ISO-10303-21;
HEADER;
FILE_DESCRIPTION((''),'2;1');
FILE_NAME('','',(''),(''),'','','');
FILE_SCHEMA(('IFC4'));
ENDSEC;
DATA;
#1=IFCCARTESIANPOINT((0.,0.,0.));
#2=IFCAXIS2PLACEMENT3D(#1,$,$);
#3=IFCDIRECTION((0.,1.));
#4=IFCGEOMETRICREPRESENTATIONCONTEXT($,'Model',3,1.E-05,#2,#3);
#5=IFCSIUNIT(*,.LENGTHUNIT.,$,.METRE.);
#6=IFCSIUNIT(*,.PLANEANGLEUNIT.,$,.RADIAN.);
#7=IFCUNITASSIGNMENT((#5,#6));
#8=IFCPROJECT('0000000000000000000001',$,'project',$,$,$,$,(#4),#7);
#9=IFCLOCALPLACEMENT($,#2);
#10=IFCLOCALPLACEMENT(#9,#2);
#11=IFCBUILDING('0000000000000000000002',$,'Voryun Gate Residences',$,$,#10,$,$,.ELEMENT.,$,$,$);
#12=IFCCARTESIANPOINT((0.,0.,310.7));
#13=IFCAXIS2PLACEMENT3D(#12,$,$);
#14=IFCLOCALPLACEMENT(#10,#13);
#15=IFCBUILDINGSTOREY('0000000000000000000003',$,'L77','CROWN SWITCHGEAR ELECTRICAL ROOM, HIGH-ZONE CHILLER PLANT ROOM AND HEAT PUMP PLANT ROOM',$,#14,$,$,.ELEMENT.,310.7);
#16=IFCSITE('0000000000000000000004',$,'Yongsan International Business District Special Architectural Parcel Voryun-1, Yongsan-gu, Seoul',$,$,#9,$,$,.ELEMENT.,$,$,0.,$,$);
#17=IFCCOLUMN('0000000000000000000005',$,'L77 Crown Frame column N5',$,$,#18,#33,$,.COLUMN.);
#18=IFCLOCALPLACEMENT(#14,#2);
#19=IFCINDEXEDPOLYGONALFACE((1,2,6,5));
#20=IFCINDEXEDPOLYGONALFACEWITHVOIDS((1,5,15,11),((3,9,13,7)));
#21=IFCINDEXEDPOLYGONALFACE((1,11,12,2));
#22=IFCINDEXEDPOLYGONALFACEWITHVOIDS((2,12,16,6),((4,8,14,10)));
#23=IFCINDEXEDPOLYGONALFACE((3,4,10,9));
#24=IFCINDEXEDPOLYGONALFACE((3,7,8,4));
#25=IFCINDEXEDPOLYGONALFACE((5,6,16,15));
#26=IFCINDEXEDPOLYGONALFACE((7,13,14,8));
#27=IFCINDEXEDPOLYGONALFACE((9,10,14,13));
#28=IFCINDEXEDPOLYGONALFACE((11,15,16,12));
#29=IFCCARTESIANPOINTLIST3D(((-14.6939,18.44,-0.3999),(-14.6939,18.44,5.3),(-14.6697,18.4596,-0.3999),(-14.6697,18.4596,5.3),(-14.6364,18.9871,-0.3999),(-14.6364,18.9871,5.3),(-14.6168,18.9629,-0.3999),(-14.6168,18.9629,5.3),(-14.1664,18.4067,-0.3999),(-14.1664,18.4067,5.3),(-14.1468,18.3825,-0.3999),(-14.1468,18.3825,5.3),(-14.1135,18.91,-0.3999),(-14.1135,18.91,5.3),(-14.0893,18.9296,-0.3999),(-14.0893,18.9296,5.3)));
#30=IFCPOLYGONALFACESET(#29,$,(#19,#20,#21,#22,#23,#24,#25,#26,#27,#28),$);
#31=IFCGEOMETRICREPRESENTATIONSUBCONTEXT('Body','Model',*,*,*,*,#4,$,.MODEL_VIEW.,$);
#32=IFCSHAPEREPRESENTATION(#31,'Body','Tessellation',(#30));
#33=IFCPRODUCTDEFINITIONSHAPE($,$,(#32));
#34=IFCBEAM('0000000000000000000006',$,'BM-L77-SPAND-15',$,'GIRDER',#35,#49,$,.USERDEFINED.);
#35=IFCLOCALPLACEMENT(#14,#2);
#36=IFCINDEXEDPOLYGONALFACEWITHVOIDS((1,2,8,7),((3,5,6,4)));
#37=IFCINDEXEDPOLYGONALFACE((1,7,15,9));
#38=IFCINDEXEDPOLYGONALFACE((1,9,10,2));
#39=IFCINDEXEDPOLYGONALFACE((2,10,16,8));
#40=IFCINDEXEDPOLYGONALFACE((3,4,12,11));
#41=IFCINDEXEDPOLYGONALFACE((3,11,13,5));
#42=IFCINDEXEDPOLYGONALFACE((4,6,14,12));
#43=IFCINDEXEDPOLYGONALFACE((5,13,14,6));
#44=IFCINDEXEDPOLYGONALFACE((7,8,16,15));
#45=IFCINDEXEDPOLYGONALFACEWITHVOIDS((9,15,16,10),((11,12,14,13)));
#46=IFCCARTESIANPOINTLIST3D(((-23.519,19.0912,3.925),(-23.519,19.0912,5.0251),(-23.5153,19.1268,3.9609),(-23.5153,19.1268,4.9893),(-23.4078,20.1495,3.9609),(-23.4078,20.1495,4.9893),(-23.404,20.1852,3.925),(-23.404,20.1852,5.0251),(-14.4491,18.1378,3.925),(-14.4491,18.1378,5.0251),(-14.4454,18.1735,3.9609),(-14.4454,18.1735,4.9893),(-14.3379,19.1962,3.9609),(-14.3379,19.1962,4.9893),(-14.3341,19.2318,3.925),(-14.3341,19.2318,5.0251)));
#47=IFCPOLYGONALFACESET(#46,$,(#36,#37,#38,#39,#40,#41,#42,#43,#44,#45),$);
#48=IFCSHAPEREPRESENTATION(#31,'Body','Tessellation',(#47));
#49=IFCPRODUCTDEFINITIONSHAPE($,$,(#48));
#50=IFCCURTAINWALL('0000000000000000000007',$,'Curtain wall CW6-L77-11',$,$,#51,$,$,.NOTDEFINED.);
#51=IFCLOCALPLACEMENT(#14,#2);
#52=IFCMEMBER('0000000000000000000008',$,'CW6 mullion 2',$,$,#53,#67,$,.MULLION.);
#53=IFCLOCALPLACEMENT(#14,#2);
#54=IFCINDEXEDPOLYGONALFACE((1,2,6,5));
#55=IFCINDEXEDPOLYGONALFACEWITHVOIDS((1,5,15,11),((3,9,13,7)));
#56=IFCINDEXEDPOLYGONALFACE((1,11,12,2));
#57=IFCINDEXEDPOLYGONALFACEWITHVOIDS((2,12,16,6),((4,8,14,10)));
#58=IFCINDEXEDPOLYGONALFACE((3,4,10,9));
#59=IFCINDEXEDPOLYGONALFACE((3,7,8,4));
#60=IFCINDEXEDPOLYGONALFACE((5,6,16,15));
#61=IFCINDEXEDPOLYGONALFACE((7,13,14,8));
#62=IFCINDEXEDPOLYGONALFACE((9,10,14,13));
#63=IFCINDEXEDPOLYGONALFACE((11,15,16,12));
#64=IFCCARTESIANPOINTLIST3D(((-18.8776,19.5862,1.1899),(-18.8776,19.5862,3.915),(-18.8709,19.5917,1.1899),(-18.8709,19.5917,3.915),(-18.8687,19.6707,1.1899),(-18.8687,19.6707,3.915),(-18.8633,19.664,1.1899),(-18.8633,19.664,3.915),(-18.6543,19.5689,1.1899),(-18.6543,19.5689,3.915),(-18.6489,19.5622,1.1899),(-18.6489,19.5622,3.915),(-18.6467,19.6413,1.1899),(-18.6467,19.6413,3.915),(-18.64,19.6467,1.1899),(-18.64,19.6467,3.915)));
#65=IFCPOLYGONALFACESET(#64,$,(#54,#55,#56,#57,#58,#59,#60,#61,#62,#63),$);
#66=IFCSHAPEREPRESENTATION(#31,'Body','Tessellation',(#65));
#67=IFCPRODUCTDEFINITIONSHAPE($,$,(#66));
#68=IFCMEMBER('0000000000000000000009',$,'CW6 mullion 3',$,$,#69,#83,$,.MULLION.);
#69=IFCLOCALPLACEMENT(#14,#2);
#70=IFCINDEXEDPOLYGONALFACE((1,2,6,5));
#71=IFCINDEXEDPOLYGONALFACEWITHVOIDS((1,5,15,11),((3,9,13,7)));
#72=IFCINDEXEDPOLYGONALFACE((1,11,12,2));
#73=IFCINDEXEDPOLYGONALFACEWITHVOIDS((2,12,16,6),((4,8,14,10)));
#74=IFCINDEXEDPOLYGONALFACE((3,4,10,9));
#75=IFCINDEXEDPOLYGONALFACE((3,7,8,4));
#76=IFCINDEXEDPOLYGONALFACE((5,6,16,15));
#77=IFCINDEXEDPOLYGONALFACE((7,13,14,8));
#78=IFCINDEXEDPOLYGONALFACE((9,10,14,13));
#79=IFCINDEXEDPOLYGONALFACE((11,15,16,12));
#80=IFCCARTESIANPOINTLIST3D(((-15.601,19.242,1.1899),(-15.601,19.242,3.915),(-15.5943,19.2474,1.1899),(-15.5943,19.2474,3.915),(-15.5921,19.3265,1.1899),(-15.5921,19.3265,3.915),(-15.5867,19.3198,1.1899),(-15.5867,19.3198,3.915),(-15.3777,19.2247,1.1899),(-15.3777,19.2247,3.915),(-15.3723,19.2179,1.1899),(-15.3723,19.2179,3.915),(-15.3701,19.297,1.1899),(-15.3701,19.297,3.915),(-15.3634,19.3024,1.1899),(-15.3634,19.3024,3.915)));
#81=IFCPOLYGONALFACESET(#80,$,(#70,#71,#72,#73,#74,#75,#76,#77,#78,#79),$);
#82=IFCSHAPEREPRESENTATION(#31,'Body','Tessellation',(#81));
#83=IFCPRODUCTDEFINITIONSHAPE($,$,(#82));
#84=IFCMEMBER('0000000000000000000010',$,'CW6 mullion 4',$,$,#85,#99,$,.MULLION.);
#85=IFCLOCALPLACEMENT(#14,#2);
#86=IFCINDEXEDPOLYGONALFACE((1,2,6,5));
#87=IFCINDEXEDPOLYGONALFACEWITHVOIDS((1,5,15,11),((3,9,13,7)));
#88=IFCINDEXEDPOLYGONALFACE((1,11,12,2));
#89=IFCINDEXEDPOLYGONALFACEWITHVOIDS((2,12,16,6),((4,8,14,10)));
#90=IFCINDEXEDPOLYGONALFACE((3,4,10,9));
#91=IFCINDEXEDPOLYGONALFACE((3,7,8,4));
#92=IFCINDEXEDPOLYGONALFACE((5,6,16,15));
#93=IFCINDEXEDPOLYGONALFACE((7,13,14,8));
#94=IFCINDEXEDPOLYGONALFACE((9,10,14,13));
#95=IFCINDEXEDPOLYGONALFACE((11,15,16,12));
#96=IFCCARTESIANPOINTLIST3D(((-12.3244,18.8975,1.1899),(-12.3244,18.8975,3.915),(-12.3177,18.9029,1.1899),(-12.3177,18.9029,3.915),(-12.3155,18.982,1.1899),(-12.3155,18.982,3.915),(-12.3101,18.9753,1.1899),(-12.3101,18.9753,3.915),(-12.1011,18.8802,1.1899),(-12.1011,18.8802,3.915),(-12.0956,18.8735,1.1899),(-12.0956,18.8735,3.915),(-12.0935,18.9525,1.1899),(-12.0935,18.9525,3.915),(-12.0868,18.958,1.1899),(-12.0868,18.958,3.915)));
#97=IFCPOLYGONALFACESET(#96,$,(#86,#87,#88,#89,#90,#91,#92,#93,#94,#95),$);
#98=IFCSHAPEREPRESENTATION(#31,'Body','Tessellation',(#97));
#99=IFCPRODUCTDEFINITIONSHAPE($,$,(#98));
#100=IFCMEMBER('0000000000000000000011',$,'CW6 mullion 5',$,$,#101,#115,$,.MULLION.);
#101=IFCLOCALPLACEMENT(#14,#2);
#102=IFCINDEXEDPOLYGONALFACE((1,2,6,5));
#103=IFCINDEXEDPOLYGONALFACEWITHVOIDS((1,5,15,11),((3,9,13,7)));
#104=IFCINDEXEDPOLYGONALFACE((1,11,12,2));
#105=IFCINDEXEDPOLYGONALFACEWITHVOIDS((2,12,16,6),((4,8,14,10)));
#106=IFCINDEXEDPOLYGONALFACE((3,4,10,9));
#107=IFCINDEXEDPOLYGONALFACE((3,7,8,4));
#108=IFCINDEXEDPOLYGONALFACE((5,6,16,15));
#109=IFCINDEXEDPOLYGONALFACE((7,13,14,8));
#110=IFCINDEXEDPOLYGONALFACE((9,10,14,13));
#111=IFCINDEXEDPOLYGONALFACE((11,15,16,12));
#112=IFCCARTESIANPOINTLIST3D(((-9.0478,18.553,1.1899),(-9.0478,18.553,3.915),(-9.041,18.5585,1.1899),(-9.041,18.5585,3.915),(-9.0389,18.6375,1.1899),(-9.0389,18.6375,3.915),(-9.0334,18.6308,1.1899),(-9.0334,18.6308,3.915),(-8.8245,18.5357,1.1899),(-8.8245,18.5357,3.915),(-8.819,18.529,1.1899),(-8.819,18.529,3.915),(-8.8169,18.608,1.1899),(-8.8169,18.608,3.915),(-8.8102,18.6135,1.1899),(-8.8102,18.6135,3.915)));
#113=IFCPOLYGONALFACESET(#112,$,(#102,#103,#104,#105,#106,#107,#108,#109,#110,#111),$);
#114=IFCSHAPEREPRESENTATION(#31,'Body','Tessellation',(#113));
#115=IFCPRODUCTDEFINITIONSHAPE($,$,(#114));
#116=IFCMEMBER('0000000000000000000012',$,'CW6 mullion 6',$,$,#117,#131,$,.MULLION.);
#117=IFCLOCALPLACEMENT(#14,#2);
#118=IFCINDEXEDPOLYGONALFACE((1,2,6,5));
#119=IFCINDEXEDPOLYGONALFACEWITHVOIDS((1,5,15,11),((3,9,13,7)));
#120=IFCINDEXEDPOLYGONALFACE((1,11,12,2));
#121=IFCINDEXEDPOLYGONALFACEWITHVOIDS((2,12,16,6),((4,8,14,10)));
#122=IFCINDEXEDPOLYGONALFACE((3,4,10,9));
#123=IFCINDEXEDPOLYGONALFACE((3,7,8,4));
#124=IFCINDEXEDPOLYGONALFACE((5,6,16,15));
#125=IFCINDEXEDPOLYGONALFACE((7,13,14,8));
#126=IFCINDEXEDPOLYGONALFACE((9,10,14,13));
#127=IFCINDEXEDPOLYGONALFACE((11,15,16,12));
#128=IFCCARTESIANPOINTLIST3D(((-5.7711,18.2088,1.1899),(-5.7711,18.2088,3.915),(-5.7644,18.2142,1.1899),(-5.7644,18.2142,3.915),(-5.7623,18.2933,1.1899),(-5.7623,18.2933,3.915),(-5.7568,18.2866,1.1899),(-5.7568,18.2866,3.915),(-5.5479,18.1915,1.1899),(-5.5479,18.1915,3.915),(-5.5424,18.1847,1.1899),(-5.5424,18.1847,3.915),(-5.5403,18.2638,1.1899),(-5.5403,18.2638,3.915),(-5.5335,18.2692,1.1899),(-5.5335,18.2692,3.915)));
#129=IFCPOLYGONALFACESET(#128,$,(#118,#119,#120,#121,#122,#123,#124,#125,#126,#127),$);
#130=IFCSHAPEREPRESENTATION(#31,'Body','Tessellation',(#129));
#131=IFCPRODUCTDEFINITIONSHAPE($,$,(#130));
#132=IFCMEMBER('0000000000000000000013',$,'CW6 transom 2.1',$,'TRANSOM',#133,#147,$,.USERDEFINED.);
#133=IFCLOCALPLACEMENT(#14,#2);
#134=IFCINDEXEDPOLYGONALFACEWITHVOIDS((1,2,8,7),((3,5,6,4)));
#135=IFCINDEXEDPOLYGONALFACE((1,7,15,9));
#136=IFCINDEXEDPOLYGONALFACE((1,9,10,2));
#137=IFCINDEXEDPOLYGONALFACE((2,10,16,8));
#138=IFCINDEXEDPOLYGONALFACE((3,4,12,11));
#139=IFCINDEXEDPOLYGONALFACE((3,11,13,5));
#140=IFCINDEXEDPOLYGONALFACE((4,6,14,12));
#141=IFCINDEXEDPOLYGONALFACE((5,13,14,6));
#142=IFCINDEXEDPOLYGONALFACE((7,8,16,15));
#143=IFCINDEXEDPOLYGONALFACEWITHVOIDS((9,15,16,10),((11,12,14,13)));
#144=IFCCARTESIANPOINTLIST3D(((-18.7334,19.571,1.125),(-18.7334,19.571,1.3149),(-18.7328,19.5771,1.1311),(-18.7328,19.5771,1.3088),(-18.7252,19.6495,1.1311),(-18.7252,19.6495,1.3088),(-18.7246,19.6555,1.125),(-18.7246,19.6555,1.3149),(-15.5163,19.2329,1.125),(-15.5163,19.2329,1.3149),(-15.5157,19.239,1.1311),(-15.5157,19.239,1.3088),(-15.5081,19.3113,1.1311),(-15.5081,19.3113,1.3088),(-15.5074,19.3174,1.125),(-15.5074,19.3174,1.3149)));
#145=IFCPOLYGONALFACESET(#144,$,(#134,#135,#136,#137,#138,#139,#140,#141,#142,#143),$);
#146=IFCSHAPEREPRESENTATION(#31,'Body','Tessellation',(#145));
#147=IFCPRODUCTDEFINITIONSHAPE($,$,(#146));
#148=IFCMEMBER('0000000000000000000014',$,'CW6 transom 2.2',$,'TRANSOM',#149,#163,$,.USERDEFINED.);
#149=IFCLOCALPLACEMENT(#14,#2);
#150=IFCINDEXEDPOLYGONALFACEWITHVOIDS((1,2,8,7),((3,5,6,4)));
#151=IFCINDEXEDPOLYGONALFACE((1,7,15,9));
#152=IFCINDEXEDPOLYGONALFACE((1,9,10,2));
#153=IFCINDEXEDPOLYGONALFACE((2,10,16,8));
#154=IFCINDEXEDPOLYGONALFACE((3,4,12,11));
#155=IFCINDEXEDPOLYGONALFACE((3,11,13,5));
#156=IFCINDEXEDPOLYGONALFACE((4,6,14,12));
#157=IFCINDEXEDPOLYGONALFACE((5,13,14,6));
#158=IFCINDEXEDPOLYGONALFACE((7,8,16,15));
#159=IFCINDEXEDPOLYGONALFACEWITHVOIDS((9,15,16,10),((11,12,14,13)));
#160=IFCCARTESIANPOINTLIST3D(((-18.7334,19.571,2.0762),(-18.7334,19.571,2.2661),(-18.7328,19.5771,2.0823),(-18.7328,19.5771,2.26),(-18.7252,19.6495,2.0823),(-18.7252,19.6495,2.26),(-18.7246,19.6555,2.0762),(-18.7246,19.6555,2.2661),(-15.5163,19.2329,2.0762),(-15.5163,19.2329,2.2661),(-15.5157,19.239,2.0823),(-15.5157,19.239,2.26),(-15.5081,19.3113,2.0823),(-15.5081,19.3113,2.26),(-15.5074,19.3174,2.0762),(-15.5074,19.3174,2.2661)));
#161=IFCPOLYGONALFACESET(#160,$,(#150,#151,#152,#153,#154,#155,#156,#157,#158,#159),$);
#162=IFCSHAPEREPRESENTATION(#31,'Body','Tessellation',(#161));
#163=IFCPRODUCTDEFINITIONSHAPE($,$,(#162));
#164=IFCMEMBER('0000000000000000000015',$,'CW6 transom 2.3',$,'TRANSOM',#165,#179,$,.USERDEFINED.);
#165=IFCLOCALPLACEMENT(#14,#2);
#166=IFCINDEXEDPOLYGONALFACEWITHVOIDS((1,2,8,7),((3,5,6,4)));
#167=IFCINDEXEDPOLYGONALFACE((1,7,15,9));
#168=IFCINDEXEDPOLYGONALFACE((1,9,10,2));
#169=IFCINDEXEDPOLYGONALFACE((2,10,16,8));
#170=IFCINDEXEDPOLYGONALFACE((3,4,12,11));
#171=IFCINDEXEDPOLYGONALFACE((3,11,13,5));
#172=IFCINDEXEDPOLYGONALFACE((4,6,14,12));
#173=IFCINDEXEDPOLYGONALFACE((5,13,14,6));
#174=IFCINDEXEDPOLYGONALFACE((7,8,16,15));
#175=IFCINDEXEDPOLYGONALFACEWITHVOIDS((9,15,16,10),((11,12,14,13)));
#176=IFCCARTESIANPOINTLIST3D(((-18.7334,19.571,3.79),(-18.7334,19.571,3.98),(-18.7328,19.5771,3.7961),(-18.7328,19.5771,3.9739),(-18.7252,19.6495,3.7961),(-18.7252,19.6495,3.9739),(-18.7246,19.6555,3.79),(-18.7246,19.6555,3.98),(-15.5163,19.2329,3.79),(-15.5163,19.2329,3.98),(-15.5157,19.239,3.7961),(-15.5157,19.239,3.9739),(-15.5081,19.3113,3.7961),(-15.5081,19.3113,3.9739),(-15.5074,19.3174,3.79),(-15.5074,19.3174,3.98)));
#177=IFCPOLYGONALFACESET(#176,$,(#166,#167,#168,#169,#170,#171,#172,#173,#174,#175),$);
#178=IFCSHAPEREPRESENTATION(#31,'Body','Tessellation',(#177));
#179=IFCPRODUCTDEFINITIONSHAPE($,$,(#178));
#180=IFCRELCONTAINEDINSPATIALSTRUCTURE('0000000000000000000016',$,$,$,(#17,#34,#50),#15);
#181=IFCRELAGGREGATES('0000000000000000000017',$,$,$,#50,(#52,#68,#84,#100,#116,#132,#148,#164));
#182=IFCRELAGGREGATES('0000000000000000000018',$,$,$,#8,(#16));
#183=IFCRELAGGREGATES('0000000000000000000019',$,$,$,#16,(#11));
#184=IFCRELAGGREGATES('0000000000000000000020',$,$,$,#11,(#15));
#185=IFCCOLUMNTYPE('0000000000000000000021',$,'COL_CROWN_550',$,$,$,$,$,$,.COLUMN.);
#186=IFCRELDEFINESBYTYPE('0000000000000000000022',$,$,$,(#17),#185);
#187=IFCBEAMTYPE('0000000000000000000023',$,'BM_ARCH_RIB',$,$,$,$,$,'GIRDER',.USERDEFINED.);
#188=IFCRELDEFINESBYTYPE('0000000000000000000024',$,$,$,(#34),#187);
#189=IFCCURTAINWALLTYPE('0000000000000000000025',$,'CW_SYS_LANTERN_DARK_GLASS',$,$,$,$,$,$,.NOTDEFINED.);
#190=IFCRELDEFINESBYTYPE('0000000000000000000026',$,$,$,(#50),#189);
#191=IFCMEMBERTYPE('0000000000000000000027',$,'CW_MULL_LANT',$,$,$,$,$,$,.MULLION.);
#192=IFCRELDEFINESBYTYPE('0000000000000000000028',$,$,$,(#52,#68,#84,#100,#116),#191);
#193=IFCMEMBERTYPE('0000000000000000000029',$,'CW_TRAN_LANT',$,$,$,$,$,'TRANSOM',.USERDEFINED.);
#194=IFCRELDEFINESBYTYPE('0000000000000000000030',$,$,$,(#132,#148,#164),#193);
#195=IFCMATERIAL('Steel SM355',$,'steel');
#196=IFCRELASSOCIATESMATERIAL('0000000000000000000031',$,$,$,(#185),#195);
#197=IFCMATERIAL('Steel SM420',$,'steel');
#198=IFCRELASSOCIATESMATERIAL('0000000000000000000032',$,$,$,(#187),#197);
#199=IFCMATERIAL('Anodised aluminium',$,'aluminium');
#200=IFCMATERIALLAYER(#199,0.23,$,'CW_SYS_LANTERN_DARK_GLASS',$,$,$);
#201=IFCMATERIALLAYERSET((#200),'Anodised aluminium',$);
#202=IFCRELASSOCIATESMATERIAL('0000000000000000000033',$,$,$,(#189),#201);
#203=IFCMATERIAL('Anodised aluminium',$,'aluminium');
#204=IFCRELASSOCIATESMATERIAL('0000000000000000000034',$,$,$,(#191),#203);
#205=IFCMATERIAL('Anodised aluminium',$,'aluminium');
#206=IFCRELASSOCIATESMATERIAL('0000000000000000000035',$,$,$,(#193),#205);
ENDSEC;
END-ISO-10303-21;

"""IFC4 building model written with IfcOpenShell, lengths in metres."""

from ifc_helpers import new_model, si_unit, direction, frame, origin, origin_2d, place, context, subcontext, project, spatial, hollow_rectangle, extrude, material, layer, layer_set, material_profile, profile_set, type_object, element, aggregate, save


model = new_model("IFC4")

# Units and contexts
model_context = context("Model", 3, precision=1e-05, world=origin(), true_north=direction((0.0, 1.0)))
body_context = subcontext(model_context, "Body", "Model", "MODEL_VIEW")
ifc_project = project(units=[si_unit("LENGTHUNIT", "METRE"), si_unit("PLANEANGLEUNIT", "RADIAN")], contexts=[model_context])

# Site, building, storey
site_placement = place(None, origin())
site = spatial("IfcSite", under=ifc_project, at=site_placement, Name="Yongsan International Business District Special Architectural Parcel Voryun-1, Yongsan-gu, Seoul", CompositionType="ELEMENT", RefElevation=0.0)
building_placement = place(site_placement, origin())
building = spatial("IfcBuilding", under=site, at=building_placement, Name="Voryun Gate Residences", CompositionType="ELEMENT")
storey_placement = place(building_placement, frame((0.0, 0.0, 310.7)))
storey = spatial("IfcBuildingStorey", under=building, at=storey_placement, Name="L77", Description="CROWN SWITCHGEAR ELECTRICAL ROOM, HIGH-ZONE CHILLER PLANT ROOM AND HEAT PUMP PLANT ROOM", CompositionType="ELEMENT", Elevation=310.7)

# Column
ifc_material_1 = material(Name="Steel SM355", Category="steel")
ifc_material_profile_1 = material_profile(ifc_material_1, hollow_rectangle(XDim=0.55, YDim=0.55, WallThickness=0.022, at=origin_2d()), Name="BOX-550x550x22")
ifc_profile_set_1 = profile_set([ifc_material_profile_1], Name="Steel SM355")
column_type = type_object("IfcColumnType", Name="COL_CROWN_550", PredefinedType="COLUMN", material=ifc_profile_set_1)
column_placement = place(storey_placement, frame((-14.3916, 18.6848, -0.3999), z_axis=(0.0, 0.0, 1.0), x_axis=(0.994522, -0.104528, 0.0)))
element("IfcColumn", 1, at=column_placement, inside=storey, type_object=column_type, Name="L77 Crown Frame column N5", PredefinedType="COLUMN", context=body_context, shape_type="SweptSolid", body=[
    extrude(hollow_rectangle(XDim=0.55, YDim=0.55, WallThickness=0.022, at=origin_2d()), origin(), (0.0, 0.0, 1.0), 5.7),
])

# Beam
ifc_material_2 = material(Name="Steel SM420", Category="steel")
ifc_material_profile_2 = material_profile(ifc_material_2, hollow_rectangle(XDim=1.1001, YDim=1.1001, WallThickness=0.0359, at=origin_2d()), Name="BOX-1100x1100x36")
ifc_profile_set_2 = profile_set([ifc_material_profile_2], Name="Steel SM420")
beam_type = type_object("IfcBeamType", Name="BM_ARCH_RIB", ElementType="GIRDER", PredefinedType="USERDEFINED", material=ifc_profile_set_2)
beam_placement = place(storey_placement, frame((-14.3916, 18.6848, 4.4751), z_axis=(-0.994521, 0.104538, 0.0), x_axis=(-0.104538, -0.994521, 0.0)))
element("IfcBeam", 2, at=beam_placement, inside=storey, type_object=beam_type, Name="BM-L77-SPAND-15", ObjectType="GIRDER", PredefinedType="USERDEFINED", context=body_context, shape_type="SweptSolid", body=[
    extrude(hollow_rectangle(XDim=1.1001, YDim=1.1001, WallThickness=0.0359, at=origin_2d()), origin(), (0.0, 0.0, 1.0), 9.1199),
])

# Curtain wall, members
ifc_material_3 = material(Name="Anodised aluminium", Category="aluminium")
ifc_layer_1 = layer(ifc_material_3, 0.23, Name="CW_SYS_LANTERN_DARK_GLASS")
ifc_layer_set_1 = layer_set([ifc_layer_1], Name="Anodised aluminium")
curtain_wall_type = type_object("IfcCurtainWallType", Name="CW_SYS_LANTERN_DARK_GLASS", PredefinedType="NOTDEFINED", material=ifc_layer_set_1)
curtain_wall_placement = place(storey_placement, origin())
curtain_wall = element("IfcCurtainWall", 3, at=curtain_wall_placement, inside=storey, type_object=curtain_wall_type, Name="Curtain wall CW6-L77-11", PredefinedType="NOTDEFINED")
ifc_material_4 = material(Name="Anodised aluminium", Category="aluminium")
ifc_material_profile_3 = material_profile(ifc_material_4, hollow_rectangle(XDim=0.085, YDim=0.23, WallThickness=0.0061, at=origin_2d()), Name="ALU-MULL-230x85x6")
ifc_profile_set_3 = profile_set([ifc_material_profile_3], Name="Anodised aluminium")
member_type_1 = type_object("IfcMemberType", Name="CW_MULL_LANT", PredefinedType="MULLION", material=ifc_profile_set_3)
member_1_placement = place(storey_placement, frame((-18.7588, 19.6165, 1.1899), z_axis=(0.0, 0.0, 1.0), x_axis=(0.104528, 0.994522, 0.0)))
member_1 = element("IfcMember", 4, at=member_1_placement, type_object=member_type_1, Name="CW6 mullion 2", PredefinedType="MULLION", context=body_context, shape_type="SweptSolid", body=[
    extrude(hollow_rectangle(XDim=0.085, YDim=0.23, WallThickness=0.0061, at=origin_2d()), origin(), (0.0, 0.0, 1.0), 2.7251),
])
member_2_placement = place(storey_placement, frame((-15.4822, 19.2722, 1.1899), z_axis=(0.0, 0.0, 1.0), x_axis=(0.104528, 0.994522, 0.0)))
member_2 = element("IfcMember", 5, at=member_2_placement, type_object=member_type_1, Name="CW6 mullion 3", PredefinedType="MULLION", context=body_context, shape_type="SweptSolid", body=[
    extrude(hollow_rectangle(XDim=0.085, YDim=0.23, WallThickness=0.0061, at=origin_2d()), origin(), (0.0, 0.0, 1.0), 2.7251),
])
member_3_placement = place(storey_placement, frame((-12.2056, 18.9277, 1.1899), z_axis=(0.0, 0.0, 1.0), x_axis=(0.104528, 0.994522, 0.0)))
member_3 = element("IfcMember", 6, at=member_3_placement, type_object=member_type_1, Name="CW6 mullion 4", PredefinedType="MULLION", context=body_context, shape_type="SweptSolid", body=[
    extrude(hollow_rectangle(XDim=0.085, YDim=0.23, WallThickness=0.0061, at=origin_2d()), origin(), (0.0, 0.0, 1.0), 2.7251),
])
member_4_placement = place(storey_placement, frame((-8.929, 18.5833, 1.1899), z_axis=(0.0, 0.0, 1.0), x_axis=(0.104528, 0.994522, 0.0)))
member_4 = element("IfcMember", 7, at=member_4_placement, type_object=member_type_1, Name="CW6 mullion 5", PredefinedType="MULLION", context=body_context, shape_type="SweptSolid", body=[
    extrude(hollow_rectangle(XDim=0.085, YDim=0.23, WallThickness=0.0061, at=origin_2d()), origin(), (0.0, 0.0, 1.0), 2.7251),
])
member_5_placement = place(storey_placement, frame((-5.6523, 18.239, 1.1899), z_axis=(0.0, 0.0, 1.0), x_axis=(0.104528, 0.994522, 0.0)))
member_5 = element("IfcMember", 8, at=member_5_placement, type_object=member_type_1, Name="CW6 mullion 6", PredefinedType="MULLION", context=body_context, shape_type="SweptSolid", body=[
    extrude(hollow_rectangle(XDim=0.085, YDim=0.23, WallThickness=0.0061, at=origin_2d()), origin(), (0.0, 0.0, 1.0), 2.7251),
])
ifc_material_5 = material(Name="Anodised aluminium", Category="aluminium")
ifc_material_profile_4 = material_profile(ifc_material_5, hollow_rectangle(XDim=0.085, YDim=0.1899, WallThickness=0.0061, at=origin_2d()), Name="ALU-TRAN-190x85x6")
ifc_profile_set_4 = profile_set([ifc_material_profile_4], Name="Anodised aluminium")
member_type_2 = type_object("IfcMemberType", Name="CW_TRAN_LANT", ElementType="TRANSOM", PredefinedType="USERDEFINED", material=ifc_profile_set_4)
member_6_placement = place(storey_placement, frame((-18.729, 19.6133, 1.22), z_axis=(0.994522, -0.104532, 0.0), x_axis=(0.104532, 0.994522, 0.0)))
member_6 = element("IfcMember", 9, at=member_6_placement, type_object=member_type_2, Name="CW6 transom 2.1", ObjectType="TRANSOM", PredefinedType="USERDEFINED", context=body_context, shape_type="SweptSolid", body=[
    extrude(hollow_rectangle(XDim=0.085, YDim=0.1899, WallThickness=0.0061, at=origin_2d()), origin(), (0.0, 0.0, 1.0), 3.2349),
])
member_7_placement = place(storey_placement, frame((-18.729, 19.6133, 2.1711), z_axis=(0.994522, -0.104532, 0.0), x_axis=(0.104532, 0.994522, 0.0)))
member_7 = element("IfcMember", 10, at=member_7_placement, type_object=member_type_2, Name="CW6 transom 2.2", ObjectType="TRANSOM", PredefinedType="USERDEFINED", context=body_context, shape_type="SweptSolid", body=[
    extrude(hollow_rectangle(XDim=0.085, YDim=0.1899, WallThickness=0.0061, at=origin_2d()), origin(), (0.0, 0.0, 1.0), 3.2349),
])
member_8_placement = place(storey_placement, frame((-18.729, 19.6133, 3.885), z_axis=(0.994522, -0.104532, 0.0), x_axis=(0.104532, 0.994522, 0.0)))
member_8 = element("IfcMember", 11, at=member_8_placement, type_object=member_type_2, Name="CW6 transom 2.3", ObjectType="TRANSOM", PredefinedType="USERDEFINED", context=body_context, shape_type="SweptSolid", body=[
    extrude(hollow_rectangle(XDim=0.085, YDim=0.1899, WallThickness=0.0061, at=origin_2d()), origin(), (0.0, 0.0, 1.0), 3.2349),
])

aggregate(curtain_wall, [member_1, member_2, member_3, member_4, member_5, member_6, member_7, member_8])

save(model, "model.ifc")
